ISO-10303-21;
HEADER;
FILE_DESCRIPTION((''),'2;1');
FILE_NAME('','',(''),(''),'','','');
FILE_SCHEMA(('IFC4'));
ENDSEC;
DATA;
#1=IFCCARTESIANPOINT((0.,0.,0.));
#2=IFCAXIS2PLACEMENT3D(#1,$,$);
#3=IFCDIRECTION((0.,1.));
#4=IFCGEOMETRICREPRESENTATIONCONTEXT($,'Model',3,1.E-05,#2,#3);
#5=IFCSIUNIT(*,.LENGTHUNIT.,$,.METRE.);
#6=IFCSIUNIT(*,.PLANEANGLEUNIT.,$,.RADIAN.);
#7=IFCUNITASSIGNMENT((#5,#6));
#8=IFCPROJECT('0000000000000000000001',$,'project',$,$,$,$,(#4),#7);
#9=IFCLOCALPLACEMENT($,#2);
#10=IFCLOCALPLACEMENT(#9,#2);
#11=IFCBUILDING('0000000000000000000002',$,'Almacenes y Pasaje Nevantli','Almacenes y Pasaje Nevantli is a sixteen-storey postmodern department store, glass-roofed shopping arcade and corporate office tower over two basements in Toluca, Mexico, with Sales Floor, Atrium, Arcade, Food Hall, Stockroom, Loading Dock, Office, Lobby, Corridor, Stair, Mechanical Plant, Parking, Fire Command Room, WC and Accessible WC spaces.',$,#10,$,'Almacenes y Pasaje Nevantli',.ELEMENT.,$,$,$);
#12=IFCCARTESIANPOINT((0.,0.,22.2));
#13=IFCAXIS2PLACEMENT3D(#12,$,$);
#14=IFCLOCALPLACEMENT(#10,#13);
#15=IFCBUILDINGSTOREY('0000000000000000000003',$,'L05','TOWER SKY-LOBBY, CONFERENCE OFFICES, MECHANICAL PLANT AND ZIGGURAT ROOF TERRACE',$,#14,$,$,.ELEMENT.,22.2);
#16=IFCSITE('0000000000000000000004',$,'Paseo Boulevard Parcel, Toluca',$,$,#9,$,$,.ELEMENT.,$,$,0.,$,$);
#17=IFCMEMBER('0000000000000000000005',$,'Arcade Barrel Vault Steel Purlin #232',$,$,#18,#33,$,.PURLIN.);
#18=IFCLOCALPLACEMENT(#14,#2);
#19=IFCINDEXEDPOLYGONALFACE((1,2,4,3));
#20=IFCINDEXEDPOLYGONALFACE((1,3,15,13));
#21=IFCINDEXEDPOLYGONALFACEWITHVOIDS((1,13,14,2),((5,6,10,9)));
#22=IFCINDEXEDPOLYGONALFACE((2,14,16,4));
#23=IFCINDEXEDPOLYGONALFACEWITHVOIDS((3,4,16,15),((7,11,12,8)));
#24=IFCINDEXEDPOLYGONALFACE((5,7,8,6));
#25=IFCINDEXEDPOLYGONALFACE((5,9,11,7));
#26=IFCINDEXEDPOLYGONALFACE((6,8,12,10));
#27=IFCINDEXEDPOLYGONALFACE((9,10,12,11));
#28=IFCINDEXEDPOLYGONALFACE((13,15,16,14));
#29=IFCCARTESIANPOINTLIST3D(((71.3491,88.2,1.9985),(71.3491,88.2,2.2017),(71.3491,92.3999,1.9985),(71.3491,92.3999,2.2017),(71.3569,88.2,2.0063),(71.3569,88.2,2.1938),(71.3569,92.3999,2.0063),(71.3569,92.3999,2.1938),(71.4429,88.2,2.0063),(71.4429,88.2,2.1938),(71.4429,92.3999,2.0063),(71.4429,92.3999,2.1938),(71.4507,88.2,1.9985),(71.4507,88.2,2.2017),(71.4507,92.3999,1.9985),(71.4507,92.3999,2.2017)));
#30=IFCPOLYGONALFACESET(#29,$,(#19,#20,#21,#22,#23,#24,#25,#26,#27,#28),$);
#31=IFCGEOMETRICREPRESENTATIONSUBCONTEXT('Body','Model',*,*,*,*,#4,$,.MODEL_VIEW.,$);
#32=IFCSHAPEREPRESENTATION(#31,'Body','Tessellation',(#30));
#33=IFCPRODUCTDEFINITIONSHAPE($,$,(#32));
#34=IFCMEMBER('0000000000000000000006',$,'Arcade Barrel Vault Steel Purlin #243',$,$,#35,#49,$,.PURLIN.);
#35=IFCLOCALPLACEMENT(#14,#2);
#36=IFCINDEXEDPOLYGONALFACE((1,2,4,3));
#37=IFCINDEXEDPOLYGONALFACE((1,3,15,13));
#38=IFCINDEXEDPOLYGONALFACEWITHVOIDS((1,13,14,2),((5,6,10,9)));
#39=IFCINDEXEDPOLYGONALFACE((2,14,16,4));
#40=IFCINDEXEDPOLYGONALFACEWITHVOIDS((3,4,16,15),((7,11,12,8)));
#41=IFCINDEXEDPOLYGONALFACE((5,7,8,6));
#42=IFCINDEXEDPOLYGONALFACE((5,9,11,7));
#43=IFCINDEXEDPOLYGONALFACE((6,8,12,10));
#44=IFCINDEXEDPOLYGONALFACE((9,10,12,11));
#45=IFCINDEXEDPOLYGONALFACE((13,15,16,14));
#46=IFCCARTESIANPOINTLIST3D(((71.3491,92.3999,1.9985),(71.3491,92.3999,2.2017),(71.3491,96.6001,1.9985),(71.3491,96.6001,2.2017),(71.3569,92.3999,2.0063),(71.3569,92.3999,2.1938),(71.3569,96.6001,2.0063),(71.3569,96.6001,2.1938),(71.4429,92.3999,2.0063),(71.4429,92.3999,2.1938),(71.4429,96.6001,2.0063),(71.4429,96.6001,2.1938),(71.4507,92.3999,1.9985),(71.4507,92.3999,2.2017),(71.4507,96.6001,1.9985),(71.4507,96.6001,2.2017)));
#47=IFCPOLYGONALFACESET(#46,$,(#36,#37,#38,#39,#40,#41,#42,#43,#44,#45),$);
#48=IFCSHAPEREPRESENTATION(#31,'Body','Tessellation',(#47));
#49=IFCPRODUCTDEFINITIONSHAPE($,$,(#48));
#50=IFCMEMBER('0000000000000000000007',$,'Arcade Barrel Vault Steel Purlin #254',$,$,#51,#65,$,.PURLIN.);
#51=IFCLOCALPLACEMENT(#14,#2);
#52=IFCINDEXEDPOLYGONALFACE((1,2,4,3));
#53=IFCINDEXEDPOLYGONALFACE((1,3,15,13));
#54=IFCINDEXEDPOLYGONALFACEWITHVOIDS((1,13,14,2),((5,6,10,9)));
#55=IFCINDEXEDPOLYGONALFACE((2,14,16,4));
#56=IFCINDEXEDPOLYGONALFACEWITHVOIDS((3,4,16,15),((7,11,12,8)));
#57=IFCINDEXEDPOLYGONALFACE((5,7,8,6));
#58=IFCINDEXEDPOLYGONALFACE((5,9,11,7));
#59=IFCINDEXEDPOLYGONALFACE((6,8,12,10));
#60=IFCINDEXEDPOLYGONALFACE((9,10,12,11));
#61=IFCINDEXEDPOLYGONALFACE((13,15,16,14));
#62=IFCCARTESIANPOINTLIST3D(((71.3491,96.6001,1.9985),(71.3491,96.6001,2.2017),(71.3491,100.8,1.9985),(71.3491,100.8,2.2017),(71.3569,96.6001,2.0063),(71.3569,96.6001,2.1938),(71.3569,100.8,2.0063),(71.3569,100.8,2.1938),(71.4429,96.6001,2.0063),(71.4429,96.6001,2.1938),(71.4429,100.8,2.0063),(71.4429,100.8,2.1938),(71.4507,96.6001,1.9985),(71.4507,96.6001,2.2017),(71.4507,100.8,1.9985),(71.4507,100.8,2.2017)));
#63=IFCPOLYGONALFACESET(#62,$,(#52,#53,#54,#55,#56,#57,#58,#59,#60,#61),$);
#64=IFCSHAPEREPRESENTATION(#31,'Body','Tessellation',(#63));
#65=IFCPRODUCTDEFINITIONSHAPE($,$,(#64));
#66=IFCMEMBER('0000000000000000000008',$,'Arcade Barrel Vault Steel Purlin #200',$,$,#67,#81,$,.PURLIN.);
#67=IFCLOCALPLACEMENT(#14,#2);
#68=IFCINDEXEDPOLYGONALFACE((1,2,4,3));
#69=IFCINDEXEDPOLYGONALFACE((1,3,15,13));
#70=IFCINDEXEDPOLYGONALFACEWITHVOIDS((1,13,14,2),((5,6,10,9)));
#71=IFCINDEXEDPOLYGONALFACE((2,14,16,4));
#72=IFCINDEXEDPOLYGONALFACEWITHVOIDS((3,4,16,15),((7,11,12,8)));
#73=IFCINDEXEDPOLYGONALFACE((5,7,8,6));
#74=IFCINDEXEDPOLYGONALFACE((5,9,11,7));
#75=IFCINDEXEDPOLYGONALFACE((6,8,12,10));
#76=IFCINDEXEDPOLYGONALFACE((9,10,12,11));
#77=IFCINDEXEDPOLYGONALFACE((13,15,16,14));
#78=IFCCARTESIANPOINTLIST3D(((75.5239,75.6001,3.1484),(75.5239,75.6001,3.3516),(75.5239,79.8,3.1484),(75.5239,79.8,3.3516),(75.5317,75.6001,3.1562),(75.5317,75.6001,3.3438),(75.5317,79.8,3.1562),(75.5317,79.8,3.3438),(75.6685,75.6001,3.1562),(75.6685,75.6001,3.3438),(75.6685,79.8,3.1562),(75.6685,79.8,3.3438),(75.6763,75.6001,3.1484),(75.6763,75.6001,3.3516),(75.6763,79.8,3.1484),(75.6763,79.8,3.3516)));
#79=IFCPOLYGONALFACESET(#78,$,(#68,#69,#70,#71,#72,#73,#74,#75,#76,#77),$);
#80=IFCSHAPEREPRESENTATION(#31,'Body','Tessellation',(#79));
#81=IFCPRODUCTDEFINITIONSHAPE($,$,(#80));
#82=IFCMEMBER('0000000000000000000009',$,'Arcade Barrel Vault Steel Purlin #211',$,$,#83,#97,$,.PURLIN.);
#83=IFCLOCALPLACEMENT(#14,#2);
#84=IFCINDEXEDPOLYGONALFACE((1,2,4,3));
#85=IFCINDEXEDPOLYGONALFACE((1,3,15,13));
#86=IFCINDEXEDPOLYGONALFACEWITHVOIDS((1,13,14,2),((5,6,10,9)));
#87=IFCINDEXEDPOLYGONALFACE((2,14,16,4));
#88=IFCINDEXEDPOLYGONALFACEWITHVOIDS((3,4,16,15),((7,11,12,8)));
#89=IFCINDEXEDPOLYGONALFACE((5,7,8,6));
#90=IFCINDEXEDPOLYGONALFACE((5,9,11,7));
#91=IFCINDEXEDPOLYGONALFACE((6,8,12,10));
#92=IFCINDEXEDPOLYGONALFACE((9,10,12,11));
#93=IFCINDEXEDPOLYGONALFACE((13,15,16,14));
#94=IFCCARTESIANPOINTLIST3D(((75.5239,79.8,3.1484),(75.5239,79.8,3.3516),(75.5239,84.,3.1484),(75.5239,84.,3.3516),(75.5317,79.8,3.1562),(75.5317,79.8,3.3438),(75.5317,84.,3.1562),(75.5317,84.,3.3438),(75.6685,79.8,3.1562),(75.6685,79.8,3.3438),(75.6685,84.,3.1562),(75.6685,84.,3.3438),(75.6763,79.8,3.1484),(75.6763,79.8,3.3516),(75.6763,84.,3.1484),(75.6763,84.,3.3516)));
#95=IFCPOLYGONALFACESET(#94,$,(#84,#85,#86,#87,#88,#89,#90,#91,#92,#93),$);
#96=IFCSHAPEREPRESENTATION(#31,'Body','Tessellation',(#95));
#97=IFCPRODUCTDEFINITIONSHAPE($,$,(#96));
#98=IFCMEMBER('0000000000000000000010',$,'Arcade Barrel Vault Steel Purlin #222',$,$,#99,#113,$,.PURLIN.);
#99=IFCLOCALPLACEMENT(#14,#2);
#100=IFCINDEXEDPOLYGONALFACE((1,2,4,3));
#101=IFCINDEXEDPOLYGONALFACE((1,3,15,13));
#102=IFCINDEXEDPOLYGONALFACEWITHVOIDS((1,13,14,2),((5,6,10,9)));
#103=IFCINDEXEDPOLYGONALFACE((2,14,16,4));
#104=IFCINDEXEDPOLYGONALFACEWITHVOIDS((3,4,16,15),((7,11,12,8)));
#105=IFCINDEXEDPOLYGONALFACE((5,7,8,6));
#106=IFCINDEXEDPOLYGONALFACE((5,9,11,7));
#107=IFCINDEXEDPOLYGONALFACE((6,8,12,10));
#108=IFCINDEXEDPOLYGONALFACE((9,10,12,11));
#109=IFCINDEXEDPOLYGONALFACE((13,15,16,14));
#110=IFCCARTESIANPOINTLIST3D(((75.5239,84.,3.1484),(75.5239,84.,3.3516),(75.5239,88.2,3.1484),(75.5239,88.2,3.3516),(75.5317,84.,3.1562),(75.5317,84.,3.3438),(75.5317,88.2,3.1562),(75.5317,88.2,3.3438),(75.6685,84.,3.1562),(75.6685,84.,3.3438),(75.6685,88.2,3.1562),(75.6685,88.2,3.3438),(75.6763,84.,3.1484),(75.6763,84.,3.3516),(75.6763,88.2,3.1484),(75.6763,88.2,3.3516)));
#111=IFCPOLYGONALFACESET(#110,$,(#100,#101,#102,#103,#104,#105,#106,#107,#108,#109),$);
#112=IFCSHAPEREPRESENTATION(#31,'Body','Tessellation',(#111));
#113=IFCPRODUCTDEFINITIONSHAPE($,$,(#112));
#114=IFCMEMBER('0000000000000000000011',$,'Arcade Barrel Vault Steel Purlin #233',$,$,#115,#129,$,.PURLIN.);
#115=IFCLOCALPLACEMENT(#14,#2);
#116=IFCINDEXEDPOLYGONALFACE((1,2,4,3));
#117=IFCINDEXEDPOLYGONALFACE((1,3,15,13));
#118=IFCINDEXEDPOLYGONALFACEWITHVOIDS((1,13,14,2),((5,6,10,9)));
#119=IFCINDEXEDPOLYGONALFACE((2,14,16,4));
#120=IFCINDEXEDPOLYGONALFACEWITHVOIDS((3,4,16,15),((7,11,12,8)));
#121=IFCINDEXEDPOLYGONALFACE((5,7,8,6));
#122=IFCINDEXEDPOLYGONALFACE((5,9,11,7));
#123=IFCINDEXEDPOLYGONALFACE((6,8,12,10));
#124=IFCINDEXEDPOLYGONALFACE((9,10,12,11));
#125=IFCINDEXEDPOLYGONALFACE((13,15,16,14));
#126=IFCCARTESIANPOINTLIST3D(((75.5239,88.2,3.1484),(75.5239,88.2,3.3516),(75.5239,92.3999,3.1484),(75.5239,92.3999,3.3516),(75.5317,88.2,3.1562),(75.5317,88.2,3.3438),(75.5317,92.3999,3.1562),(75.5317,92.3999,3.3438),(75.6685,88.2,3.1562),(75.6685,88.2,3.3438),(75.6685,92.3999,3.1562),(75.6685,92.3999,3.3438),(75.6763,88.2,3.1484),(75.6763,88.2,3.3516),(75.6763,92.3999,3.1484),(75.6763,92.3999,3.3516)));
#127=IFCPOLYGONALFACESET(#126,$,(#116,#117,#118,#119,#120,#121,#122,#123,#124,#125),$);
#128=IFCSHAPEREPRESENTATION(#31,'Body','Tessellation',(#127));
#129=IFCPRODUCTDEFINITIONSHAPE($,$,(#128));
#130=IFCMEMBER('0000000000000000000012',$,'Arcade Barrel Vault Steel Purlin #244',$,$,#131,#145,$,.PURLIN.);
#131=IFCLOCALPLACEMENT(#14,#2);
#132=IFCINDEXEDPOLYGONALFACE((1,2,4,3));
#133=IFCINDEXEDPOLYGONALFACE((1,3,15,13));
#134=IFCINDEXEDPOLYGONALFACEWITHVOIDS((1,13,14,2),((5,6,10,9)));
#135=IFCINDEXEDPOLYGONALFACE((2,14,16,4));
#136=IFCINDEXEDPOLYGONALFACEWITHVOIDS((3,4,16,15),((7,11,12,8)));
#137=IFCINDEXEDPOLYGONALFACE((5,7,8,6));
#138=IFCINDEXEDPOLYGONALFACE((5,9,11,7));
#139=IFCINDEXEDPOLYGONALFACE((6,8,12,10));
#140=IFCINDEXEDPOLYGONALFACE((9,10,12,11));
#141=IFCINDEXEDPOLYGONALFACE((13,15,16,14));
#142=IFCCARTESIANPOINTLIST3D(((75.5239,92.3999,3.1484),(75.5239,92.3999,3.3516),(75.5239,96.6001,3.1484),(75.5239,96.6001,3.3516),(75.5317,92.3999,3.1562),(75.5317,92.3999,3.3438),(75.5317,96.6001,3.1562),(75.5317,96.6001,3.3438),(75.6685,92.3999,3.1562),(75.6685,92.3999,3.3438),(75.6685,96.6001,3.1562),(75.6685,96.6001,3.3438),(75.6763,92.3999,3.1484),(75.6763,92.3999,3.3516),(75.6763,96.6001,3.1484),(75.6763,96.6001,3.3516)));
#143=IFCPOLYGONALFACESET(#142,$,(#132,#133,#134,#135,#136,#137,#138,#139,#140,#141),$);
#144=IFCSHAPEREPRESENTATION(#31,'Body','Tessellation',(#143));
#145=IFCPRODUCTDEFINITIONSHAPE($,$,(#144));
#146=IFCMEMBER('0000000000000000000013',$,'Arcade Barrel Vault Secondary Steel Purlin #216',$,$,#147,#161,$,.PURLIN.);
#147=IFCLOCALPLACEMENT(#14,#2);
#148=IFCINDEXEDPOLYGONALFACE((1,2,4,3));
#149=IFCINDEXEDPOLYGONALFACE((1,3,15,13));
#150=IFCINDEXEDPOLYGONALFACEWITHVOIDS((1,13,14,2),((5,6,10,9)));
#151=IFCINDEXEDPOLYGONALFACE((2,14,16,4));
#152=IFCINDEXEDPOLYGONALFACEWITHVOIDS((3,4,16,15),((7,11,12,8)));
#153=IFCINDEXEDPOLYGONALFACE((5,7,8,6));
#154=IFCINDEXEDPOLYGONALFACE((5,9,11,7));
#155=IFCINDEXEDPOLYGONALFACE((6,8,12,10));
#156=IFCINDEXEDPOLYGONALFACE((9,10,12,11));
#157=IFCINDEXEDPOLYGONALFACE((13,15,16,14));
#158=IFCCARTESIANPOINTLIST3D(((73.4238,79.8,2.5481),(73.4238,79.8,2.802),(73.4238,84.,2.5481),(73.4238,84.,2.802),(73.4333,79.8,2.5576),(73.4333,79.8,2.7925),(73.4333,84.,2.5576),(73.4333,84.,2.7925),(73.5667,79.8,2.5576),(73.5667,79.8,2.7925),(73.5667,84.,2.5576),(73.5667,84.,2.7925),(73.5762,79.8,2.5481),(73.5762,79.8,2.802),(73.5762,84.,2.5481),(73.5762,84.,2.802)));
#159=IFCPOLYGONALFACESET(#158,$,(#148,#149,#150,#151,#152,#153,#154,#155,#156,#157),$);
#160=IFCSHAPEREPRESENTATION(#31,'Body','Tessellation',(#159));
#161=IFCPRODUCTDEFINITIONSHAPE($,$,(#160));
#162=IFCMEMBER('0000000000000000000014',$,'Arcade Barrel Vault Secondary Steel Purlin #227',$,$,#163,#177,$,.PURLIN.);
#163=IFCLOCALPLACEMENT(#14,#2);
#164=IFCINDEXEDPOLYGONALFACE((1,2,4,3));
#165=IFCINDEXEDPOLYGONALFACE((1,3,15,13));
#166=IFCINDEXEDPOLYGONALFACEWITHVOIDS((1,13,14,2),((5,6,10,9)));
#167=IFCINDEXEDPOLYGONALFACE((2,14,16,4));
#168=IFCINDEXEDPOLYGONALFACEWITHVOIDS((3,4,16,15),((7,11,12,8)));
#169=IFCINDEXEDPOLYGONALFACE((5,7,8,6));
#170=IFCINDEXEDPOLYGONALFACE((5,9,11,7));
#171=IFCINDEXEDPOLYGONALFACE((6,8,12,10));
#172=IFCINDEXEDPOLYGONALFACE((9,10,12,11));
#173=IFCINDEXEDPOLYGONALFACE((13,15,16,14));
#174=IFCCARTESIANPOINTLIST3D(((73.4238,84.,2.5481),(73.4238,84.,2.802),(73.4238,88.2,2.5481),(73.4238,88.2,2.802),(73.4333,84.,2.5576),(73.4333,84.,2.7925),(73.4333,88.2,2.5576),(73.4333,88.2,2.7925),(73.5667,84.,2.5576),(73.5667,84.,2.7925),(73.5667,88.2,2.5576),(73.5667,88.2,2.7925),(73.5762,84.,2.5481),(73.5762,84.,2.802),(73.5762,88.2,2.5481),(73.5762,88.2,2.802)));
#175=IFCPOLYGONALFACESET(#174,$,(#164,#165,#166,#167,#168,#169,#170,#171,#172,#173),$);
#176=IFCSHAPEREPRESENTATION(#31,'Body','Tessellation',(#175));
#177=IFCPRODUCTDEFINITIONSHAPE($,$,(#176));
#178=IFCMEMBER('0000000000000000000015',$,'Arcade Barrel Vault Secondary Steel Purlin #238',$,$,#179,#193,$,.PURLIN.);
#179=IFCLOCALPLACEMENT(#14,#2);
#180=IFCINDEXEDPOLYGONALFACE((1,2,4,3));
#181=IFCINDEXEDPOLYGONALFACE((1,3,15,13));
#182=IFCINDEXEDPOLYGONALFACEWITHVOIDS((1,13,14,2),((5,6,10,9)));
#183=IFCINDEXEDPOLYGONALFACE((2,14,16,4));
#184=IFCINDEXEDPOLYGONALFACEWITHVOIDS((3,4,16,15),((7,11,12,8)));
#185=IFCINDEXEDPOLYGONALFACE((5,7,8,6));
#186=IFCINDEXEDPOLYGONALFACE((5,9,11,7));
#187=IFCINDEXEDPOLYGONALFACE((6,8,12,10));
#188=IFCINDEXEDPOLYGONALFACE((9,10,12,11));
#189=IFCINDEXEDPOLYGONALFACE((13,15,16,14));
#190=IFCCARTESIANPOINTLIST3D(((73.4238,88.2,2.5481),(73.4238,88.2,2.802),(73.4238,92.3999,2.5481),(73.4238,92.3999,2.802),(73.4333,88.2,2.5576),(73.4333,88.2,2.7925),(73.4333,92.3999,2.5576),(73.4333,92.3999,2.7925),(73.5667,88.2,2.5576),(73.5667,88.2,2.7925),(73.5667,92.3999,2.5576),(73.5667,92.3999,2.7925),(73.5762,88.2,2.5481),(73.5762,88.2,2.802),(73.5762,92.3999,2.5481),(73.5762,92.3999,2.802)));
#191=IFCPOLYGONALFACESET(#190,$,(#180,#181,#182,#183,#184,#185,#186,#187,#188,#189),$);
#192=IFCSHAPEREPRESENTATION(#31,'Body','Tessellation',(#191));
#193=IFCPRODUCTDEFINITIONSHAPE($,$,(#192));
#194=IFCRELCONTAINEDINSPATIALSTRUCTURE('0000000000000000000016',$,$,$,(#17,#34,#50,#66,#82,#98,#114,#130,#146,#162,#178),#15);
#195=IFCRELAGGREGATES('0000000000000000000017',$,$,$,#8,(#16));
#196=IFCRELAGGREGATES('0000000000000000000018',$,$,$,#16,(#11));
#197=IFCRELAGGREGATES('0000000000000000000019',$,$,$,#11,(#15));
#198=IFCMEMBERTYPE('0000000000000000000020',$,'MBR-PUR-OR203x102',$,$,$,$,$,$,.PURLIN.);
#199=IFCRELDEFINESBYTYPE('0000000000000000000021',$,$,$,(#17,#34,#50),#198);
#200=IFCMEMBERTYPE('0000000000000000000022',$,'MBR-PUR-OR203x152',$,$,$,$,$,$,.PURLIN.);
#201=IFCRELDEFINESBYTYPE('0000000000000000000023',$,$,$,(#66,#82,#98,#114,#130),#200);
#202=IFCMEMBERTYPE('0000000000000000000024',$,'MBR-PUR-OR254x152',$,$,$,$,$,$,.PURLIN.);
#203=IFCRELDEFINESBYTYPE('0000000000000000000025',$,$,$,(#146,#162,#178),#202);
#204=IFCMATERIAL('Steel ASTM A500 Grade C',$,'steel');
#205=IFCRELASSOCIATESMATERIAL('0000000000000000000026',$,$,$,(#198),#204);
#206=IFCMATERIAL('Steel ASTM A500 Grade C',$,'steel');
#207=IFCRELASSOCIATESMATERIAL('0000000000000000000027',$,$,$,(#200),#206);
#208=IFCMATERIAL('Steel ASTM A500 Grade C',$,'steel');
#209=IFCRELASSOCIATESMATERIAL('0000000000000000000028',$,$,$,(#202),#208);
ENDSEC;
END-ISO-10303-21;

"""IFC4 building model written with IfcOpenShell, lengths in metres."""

from ifc_helpers import new_model, si_unit, direction, frame, origin, origin_2d, place, context, subcontext, project, spatial, hollow_rectangle, extrude, material, material_profile, profile_set, type_object, element, save


model = new_model("IFC4")

# Units and contexts
model_context = context("Model", 3, precision=1e-05, world=origin(), true_north=direction((0.0, 1.0)))
body_context = subcontext(model_context, "Body", "Model", "MODEL_VIEW")
ifc_project = project(units=[si_unit("LENGTHUNIT", "METRE"), si_unit("PLANEANGLEUNIT", "RADIAN")], contexts=[model_context])

# Site, building, storey
site_placement = place(None, origin())
site = spatial("IfcSite", under=ifc_project, at=site_placement, Name="Paseo Boulevard Parcel, Toluca", CompositionType="ELEMENT", RefElevation=0.0)
building_placement = place(site_placement, origin())
building = spatial("IfcBuilding", under=site, at=building_placement, Name="Almacenes y Pasaje Nevantli", Description="Almacenes y Pasaje Nevantli is a sixteen-storey postmodern department store, glass-roofed shopping arcade and corporate office tower over two basements in Toluca, Mexico, with Sales Floor, Atrium, Arcade, Food Hall, Stockroom, Loading Dock, Office, Lobby, Corridor, Stair, Mechanical Plant, Parking, Fire Command Room, WC and Accessible WC spaces.", LongName="Almacenes y Pasaje Nevantli", CompositionType="ELEMENT")
storey_placement = place(building_placement, frame((0.0, 0.0, 22.2)))
storey = spatial("IfcBuildingStorey", under=building, at=storey_placement, Name="L05", Description="TOWER SKY-LOBBY, CONFERENCE OFFICES, MECHANICAL PLANT AND ZIGGURAT ROOF TERRACE", CompositionType="ELEMENT", Elevation=22.2)

# Members
ifc_material_1 = material(Name="Steel ASTM A500 Grade C", Category="steel")
ifc_material_profile_1 = material_profile(ifc_material_1, hollow_rectangle(XDim=0.1016, YDim=0.2031, WallThickness=0.0078, at=origin_2d()), Name="OR 203x102x7.9")
ifc_profile_set_1 = profile_set([ifc_material_profile_1], Name="Steel ASTM A500 Grade C")
member_type_1 = type_object("IfcMemberType", Name="MBR-PUR-OR203x102", PredefinedType="PURLIN", material=ifc_profile_set_1)
for number, where, z_axis, x_axis, name in (
    (1, (71.3999, 88.2, 2.1001), (0.0, 1.0, 0.0), (-1.0, 0.0, 0.0), "Arcade Barrel Vault Steel Purlin #232"),
):
    element("IfcMember", number, at=place(storey_placement, frame(where, z_axis=z_axis, x_axis=x_axis)), inside=storey, type_object=member_type_1, Name=name, PredefinedType="PURLIN", context=body_context, shape_type="SweptSolid", body=[
        extrude(hollow_rectangle(XDim=0.1016, YDim=0.2031, WallThickness=0.0078, at=origin_2d()), origin(), (0.0, 0.0, 1.0), 4.2),
    ])
member_1_placement = place(storey_placement, frame((71.3999, 92.3999, 2.1001), z_axis=(0.0, 1.0, 0.0), x_axis=(-1.0, 0.0, 0.0)))
element("IfcMember", 2, at=member_1_placement, inside=storey, type_object=member_type_1, Name="Arcade Barrel Vault Steel Purlin #243", PredefinedType="PURLIN", context=body_context, shape_type="SweptSolid", body=[
    extrude(hollow_rectangle(XDim=0.1016, YDim=0.2031, WallThickness=0.0078, at=origin_2d()), origin(), (0.0, 0.0, 1.0), 4.2002),
])
member_2_placement = place(storey_placement, frame((71.3999, 96.6001, 2.1001), z_axis=(0.0, 1.0, 0.0), x_axis=(-1.0, 0.0, 0.0)))
element("IfcMember", 3, at=member_2_placement, inside=storey, type_object=member_type_1, Name="Arcade Barrel Vault Steel Purlin #254", PredefinedType="PURLIN", context=body_context, shape_type="SweptSolid", body=[
    extrude(hollow_rectangle(XDim=0.1016, YDim=0.2031, WallThickness=0.0078, at=origin_2d()), origin(), (0.0, 0.0, 1.0), 4.2),
])
ifc_material_2 = material(Name="Steel ASTM A500 Grade C", Category="steel")
ifc_material_profile_2 = material_profile(ifc_material_2, hollow_rectangle(XDim=0.1523, YDim=0.2031, WallThickness=0.0078, at=origin_2d()), Name="OR 203x152x7.9")
ifc_profile_set_2 = profile_set([ifc_material_profile_2], Name="Steel ASTM A500 Grade C")
member_type_2 = type_object("IfcMemberType", Name="MBR-PUR-OR203x152", PredefinedType="PURLIN", material=ifc_profile_set_2)
for number, where, z_axis, x_axis, name in (
    (4, (75.6001, 75.6001, 3.25), (0.0, 1.0, 0.0), (-1.0, 0.0, 0.0), "Arcade Barrel Vault Steel Purlin #200"),
    (5, (75.6001, 79.8, 3.25), (0.0, 1.0, 0.0), (-1.0, 0.0, 0.0), "Arcade Barrel Vault Steel Purlin #211"),
    (6, (75.6001, 84.0, 3.25), (0.0, 1.0, 0.0), (-1.0, 0.0, 0.0), "Arcade Barrel Vault Steel Purlin #222"),
    (7, (75.6001, 88.2, 3.25), (0.0, 1.0, 0.0), (-1.0, 0.0, 0.0), "Arcade Barrel Vault Steel Purlin #233"),
):
    element("IfcMember", number, at=place(storey_placement, frame(where, z_axis=z_axis, x_axis=x_axis)), inside=storey, type_object=member_type_2, Name=name, PredefinedType="PURLIN", context=body_context, shape_type="SweptSolid", body=[
        extrude(hollow_rectangle(XDim=0.1523, YDim=0.2031, WallThickness=0.0078, at=origin_2d()), origin(), (0.0, 0.0, 1.0), 4.2),
    ])
member_3_placement = place(storey_placement, frame((75.6001, 92.3999, 3.25), z_axis=(0.0, 1.0, 0.0), x_axis=(-1.0, 0.0, 0.0)))
element("IfcMember", 8, at=member_3_placement, inside=storey, type_object=member_type_2, Name="Arcade Barrel Vault Steel Purlin #244", PredefinedType="PURLIN", context=body_context, shape_type="SweptSolid", body=[
    extrude(hollow_rectangle(XDim=0.1523, YDim=0.2031, WallThickness=0.0078, at=origin_2d()), origin(), (0.0, 0.0, 1.0), 4.2002),
])
ifc_material_3 = material(Name="Steel ASTM A500 Grade C", Category="steel")
ifc_material_profile_3 = material_profile(ifc_material_3, hollow_rectangle(XDim=0.1523, YDim=0.2539, WallThickness=0.0095, at=origin_2d()), Name="OR 254x152x9.5")
ifc_profile_set_3 = profile_set([ifc_material_profile_3], Name="Steel ASTM A500 Grade C")
member_type_3 = type_object("IfcMemberType", Name="MBR-PUR-OR254x152", PredefinedType="PURLIN", material=ifc_profile_set_3)
for number, where, z_axis, x_axis, name in (
    (9, (73.5, 79.8, 2.675), (0.0, 1.0, 0.0), (-1.0, 0.0, 0.0), "Arcade Barrel Vault Secondary Steel Purlin #216"),
    (10, (73.5, 84.0, 2.675), (0.0, 1.0, 0.0), (-1.0, 0.0, 0.0), "Arcade Barrel Vault Secondary Steel Purlin #227"),
    (11, (73.5, 88.2, 2.675), (0.0, 1.0, 0.0), (-1.0, 0.0, 0.0), "Arcade Barrel Vault Secondary Steel Purlin #238"),
):
    element("IfcMember", number, at=place(storey_placement, frame(where, z_axis=z_axis, x_axis=x_axis)), inside=storey, type_object=member_type_3, Name=name, PredefinedType="PURLIN", context=body_context, shape_type="SweptSolid", body=[
        extrude(hollow_rectangle(XDim=0.1523, YDim=0.2539, WallThickness=0.0095, at=origin_2d()), origin(), (0.0, 0.0, 1.0), 4.2),
    ])

save(model, "model.ifc")
